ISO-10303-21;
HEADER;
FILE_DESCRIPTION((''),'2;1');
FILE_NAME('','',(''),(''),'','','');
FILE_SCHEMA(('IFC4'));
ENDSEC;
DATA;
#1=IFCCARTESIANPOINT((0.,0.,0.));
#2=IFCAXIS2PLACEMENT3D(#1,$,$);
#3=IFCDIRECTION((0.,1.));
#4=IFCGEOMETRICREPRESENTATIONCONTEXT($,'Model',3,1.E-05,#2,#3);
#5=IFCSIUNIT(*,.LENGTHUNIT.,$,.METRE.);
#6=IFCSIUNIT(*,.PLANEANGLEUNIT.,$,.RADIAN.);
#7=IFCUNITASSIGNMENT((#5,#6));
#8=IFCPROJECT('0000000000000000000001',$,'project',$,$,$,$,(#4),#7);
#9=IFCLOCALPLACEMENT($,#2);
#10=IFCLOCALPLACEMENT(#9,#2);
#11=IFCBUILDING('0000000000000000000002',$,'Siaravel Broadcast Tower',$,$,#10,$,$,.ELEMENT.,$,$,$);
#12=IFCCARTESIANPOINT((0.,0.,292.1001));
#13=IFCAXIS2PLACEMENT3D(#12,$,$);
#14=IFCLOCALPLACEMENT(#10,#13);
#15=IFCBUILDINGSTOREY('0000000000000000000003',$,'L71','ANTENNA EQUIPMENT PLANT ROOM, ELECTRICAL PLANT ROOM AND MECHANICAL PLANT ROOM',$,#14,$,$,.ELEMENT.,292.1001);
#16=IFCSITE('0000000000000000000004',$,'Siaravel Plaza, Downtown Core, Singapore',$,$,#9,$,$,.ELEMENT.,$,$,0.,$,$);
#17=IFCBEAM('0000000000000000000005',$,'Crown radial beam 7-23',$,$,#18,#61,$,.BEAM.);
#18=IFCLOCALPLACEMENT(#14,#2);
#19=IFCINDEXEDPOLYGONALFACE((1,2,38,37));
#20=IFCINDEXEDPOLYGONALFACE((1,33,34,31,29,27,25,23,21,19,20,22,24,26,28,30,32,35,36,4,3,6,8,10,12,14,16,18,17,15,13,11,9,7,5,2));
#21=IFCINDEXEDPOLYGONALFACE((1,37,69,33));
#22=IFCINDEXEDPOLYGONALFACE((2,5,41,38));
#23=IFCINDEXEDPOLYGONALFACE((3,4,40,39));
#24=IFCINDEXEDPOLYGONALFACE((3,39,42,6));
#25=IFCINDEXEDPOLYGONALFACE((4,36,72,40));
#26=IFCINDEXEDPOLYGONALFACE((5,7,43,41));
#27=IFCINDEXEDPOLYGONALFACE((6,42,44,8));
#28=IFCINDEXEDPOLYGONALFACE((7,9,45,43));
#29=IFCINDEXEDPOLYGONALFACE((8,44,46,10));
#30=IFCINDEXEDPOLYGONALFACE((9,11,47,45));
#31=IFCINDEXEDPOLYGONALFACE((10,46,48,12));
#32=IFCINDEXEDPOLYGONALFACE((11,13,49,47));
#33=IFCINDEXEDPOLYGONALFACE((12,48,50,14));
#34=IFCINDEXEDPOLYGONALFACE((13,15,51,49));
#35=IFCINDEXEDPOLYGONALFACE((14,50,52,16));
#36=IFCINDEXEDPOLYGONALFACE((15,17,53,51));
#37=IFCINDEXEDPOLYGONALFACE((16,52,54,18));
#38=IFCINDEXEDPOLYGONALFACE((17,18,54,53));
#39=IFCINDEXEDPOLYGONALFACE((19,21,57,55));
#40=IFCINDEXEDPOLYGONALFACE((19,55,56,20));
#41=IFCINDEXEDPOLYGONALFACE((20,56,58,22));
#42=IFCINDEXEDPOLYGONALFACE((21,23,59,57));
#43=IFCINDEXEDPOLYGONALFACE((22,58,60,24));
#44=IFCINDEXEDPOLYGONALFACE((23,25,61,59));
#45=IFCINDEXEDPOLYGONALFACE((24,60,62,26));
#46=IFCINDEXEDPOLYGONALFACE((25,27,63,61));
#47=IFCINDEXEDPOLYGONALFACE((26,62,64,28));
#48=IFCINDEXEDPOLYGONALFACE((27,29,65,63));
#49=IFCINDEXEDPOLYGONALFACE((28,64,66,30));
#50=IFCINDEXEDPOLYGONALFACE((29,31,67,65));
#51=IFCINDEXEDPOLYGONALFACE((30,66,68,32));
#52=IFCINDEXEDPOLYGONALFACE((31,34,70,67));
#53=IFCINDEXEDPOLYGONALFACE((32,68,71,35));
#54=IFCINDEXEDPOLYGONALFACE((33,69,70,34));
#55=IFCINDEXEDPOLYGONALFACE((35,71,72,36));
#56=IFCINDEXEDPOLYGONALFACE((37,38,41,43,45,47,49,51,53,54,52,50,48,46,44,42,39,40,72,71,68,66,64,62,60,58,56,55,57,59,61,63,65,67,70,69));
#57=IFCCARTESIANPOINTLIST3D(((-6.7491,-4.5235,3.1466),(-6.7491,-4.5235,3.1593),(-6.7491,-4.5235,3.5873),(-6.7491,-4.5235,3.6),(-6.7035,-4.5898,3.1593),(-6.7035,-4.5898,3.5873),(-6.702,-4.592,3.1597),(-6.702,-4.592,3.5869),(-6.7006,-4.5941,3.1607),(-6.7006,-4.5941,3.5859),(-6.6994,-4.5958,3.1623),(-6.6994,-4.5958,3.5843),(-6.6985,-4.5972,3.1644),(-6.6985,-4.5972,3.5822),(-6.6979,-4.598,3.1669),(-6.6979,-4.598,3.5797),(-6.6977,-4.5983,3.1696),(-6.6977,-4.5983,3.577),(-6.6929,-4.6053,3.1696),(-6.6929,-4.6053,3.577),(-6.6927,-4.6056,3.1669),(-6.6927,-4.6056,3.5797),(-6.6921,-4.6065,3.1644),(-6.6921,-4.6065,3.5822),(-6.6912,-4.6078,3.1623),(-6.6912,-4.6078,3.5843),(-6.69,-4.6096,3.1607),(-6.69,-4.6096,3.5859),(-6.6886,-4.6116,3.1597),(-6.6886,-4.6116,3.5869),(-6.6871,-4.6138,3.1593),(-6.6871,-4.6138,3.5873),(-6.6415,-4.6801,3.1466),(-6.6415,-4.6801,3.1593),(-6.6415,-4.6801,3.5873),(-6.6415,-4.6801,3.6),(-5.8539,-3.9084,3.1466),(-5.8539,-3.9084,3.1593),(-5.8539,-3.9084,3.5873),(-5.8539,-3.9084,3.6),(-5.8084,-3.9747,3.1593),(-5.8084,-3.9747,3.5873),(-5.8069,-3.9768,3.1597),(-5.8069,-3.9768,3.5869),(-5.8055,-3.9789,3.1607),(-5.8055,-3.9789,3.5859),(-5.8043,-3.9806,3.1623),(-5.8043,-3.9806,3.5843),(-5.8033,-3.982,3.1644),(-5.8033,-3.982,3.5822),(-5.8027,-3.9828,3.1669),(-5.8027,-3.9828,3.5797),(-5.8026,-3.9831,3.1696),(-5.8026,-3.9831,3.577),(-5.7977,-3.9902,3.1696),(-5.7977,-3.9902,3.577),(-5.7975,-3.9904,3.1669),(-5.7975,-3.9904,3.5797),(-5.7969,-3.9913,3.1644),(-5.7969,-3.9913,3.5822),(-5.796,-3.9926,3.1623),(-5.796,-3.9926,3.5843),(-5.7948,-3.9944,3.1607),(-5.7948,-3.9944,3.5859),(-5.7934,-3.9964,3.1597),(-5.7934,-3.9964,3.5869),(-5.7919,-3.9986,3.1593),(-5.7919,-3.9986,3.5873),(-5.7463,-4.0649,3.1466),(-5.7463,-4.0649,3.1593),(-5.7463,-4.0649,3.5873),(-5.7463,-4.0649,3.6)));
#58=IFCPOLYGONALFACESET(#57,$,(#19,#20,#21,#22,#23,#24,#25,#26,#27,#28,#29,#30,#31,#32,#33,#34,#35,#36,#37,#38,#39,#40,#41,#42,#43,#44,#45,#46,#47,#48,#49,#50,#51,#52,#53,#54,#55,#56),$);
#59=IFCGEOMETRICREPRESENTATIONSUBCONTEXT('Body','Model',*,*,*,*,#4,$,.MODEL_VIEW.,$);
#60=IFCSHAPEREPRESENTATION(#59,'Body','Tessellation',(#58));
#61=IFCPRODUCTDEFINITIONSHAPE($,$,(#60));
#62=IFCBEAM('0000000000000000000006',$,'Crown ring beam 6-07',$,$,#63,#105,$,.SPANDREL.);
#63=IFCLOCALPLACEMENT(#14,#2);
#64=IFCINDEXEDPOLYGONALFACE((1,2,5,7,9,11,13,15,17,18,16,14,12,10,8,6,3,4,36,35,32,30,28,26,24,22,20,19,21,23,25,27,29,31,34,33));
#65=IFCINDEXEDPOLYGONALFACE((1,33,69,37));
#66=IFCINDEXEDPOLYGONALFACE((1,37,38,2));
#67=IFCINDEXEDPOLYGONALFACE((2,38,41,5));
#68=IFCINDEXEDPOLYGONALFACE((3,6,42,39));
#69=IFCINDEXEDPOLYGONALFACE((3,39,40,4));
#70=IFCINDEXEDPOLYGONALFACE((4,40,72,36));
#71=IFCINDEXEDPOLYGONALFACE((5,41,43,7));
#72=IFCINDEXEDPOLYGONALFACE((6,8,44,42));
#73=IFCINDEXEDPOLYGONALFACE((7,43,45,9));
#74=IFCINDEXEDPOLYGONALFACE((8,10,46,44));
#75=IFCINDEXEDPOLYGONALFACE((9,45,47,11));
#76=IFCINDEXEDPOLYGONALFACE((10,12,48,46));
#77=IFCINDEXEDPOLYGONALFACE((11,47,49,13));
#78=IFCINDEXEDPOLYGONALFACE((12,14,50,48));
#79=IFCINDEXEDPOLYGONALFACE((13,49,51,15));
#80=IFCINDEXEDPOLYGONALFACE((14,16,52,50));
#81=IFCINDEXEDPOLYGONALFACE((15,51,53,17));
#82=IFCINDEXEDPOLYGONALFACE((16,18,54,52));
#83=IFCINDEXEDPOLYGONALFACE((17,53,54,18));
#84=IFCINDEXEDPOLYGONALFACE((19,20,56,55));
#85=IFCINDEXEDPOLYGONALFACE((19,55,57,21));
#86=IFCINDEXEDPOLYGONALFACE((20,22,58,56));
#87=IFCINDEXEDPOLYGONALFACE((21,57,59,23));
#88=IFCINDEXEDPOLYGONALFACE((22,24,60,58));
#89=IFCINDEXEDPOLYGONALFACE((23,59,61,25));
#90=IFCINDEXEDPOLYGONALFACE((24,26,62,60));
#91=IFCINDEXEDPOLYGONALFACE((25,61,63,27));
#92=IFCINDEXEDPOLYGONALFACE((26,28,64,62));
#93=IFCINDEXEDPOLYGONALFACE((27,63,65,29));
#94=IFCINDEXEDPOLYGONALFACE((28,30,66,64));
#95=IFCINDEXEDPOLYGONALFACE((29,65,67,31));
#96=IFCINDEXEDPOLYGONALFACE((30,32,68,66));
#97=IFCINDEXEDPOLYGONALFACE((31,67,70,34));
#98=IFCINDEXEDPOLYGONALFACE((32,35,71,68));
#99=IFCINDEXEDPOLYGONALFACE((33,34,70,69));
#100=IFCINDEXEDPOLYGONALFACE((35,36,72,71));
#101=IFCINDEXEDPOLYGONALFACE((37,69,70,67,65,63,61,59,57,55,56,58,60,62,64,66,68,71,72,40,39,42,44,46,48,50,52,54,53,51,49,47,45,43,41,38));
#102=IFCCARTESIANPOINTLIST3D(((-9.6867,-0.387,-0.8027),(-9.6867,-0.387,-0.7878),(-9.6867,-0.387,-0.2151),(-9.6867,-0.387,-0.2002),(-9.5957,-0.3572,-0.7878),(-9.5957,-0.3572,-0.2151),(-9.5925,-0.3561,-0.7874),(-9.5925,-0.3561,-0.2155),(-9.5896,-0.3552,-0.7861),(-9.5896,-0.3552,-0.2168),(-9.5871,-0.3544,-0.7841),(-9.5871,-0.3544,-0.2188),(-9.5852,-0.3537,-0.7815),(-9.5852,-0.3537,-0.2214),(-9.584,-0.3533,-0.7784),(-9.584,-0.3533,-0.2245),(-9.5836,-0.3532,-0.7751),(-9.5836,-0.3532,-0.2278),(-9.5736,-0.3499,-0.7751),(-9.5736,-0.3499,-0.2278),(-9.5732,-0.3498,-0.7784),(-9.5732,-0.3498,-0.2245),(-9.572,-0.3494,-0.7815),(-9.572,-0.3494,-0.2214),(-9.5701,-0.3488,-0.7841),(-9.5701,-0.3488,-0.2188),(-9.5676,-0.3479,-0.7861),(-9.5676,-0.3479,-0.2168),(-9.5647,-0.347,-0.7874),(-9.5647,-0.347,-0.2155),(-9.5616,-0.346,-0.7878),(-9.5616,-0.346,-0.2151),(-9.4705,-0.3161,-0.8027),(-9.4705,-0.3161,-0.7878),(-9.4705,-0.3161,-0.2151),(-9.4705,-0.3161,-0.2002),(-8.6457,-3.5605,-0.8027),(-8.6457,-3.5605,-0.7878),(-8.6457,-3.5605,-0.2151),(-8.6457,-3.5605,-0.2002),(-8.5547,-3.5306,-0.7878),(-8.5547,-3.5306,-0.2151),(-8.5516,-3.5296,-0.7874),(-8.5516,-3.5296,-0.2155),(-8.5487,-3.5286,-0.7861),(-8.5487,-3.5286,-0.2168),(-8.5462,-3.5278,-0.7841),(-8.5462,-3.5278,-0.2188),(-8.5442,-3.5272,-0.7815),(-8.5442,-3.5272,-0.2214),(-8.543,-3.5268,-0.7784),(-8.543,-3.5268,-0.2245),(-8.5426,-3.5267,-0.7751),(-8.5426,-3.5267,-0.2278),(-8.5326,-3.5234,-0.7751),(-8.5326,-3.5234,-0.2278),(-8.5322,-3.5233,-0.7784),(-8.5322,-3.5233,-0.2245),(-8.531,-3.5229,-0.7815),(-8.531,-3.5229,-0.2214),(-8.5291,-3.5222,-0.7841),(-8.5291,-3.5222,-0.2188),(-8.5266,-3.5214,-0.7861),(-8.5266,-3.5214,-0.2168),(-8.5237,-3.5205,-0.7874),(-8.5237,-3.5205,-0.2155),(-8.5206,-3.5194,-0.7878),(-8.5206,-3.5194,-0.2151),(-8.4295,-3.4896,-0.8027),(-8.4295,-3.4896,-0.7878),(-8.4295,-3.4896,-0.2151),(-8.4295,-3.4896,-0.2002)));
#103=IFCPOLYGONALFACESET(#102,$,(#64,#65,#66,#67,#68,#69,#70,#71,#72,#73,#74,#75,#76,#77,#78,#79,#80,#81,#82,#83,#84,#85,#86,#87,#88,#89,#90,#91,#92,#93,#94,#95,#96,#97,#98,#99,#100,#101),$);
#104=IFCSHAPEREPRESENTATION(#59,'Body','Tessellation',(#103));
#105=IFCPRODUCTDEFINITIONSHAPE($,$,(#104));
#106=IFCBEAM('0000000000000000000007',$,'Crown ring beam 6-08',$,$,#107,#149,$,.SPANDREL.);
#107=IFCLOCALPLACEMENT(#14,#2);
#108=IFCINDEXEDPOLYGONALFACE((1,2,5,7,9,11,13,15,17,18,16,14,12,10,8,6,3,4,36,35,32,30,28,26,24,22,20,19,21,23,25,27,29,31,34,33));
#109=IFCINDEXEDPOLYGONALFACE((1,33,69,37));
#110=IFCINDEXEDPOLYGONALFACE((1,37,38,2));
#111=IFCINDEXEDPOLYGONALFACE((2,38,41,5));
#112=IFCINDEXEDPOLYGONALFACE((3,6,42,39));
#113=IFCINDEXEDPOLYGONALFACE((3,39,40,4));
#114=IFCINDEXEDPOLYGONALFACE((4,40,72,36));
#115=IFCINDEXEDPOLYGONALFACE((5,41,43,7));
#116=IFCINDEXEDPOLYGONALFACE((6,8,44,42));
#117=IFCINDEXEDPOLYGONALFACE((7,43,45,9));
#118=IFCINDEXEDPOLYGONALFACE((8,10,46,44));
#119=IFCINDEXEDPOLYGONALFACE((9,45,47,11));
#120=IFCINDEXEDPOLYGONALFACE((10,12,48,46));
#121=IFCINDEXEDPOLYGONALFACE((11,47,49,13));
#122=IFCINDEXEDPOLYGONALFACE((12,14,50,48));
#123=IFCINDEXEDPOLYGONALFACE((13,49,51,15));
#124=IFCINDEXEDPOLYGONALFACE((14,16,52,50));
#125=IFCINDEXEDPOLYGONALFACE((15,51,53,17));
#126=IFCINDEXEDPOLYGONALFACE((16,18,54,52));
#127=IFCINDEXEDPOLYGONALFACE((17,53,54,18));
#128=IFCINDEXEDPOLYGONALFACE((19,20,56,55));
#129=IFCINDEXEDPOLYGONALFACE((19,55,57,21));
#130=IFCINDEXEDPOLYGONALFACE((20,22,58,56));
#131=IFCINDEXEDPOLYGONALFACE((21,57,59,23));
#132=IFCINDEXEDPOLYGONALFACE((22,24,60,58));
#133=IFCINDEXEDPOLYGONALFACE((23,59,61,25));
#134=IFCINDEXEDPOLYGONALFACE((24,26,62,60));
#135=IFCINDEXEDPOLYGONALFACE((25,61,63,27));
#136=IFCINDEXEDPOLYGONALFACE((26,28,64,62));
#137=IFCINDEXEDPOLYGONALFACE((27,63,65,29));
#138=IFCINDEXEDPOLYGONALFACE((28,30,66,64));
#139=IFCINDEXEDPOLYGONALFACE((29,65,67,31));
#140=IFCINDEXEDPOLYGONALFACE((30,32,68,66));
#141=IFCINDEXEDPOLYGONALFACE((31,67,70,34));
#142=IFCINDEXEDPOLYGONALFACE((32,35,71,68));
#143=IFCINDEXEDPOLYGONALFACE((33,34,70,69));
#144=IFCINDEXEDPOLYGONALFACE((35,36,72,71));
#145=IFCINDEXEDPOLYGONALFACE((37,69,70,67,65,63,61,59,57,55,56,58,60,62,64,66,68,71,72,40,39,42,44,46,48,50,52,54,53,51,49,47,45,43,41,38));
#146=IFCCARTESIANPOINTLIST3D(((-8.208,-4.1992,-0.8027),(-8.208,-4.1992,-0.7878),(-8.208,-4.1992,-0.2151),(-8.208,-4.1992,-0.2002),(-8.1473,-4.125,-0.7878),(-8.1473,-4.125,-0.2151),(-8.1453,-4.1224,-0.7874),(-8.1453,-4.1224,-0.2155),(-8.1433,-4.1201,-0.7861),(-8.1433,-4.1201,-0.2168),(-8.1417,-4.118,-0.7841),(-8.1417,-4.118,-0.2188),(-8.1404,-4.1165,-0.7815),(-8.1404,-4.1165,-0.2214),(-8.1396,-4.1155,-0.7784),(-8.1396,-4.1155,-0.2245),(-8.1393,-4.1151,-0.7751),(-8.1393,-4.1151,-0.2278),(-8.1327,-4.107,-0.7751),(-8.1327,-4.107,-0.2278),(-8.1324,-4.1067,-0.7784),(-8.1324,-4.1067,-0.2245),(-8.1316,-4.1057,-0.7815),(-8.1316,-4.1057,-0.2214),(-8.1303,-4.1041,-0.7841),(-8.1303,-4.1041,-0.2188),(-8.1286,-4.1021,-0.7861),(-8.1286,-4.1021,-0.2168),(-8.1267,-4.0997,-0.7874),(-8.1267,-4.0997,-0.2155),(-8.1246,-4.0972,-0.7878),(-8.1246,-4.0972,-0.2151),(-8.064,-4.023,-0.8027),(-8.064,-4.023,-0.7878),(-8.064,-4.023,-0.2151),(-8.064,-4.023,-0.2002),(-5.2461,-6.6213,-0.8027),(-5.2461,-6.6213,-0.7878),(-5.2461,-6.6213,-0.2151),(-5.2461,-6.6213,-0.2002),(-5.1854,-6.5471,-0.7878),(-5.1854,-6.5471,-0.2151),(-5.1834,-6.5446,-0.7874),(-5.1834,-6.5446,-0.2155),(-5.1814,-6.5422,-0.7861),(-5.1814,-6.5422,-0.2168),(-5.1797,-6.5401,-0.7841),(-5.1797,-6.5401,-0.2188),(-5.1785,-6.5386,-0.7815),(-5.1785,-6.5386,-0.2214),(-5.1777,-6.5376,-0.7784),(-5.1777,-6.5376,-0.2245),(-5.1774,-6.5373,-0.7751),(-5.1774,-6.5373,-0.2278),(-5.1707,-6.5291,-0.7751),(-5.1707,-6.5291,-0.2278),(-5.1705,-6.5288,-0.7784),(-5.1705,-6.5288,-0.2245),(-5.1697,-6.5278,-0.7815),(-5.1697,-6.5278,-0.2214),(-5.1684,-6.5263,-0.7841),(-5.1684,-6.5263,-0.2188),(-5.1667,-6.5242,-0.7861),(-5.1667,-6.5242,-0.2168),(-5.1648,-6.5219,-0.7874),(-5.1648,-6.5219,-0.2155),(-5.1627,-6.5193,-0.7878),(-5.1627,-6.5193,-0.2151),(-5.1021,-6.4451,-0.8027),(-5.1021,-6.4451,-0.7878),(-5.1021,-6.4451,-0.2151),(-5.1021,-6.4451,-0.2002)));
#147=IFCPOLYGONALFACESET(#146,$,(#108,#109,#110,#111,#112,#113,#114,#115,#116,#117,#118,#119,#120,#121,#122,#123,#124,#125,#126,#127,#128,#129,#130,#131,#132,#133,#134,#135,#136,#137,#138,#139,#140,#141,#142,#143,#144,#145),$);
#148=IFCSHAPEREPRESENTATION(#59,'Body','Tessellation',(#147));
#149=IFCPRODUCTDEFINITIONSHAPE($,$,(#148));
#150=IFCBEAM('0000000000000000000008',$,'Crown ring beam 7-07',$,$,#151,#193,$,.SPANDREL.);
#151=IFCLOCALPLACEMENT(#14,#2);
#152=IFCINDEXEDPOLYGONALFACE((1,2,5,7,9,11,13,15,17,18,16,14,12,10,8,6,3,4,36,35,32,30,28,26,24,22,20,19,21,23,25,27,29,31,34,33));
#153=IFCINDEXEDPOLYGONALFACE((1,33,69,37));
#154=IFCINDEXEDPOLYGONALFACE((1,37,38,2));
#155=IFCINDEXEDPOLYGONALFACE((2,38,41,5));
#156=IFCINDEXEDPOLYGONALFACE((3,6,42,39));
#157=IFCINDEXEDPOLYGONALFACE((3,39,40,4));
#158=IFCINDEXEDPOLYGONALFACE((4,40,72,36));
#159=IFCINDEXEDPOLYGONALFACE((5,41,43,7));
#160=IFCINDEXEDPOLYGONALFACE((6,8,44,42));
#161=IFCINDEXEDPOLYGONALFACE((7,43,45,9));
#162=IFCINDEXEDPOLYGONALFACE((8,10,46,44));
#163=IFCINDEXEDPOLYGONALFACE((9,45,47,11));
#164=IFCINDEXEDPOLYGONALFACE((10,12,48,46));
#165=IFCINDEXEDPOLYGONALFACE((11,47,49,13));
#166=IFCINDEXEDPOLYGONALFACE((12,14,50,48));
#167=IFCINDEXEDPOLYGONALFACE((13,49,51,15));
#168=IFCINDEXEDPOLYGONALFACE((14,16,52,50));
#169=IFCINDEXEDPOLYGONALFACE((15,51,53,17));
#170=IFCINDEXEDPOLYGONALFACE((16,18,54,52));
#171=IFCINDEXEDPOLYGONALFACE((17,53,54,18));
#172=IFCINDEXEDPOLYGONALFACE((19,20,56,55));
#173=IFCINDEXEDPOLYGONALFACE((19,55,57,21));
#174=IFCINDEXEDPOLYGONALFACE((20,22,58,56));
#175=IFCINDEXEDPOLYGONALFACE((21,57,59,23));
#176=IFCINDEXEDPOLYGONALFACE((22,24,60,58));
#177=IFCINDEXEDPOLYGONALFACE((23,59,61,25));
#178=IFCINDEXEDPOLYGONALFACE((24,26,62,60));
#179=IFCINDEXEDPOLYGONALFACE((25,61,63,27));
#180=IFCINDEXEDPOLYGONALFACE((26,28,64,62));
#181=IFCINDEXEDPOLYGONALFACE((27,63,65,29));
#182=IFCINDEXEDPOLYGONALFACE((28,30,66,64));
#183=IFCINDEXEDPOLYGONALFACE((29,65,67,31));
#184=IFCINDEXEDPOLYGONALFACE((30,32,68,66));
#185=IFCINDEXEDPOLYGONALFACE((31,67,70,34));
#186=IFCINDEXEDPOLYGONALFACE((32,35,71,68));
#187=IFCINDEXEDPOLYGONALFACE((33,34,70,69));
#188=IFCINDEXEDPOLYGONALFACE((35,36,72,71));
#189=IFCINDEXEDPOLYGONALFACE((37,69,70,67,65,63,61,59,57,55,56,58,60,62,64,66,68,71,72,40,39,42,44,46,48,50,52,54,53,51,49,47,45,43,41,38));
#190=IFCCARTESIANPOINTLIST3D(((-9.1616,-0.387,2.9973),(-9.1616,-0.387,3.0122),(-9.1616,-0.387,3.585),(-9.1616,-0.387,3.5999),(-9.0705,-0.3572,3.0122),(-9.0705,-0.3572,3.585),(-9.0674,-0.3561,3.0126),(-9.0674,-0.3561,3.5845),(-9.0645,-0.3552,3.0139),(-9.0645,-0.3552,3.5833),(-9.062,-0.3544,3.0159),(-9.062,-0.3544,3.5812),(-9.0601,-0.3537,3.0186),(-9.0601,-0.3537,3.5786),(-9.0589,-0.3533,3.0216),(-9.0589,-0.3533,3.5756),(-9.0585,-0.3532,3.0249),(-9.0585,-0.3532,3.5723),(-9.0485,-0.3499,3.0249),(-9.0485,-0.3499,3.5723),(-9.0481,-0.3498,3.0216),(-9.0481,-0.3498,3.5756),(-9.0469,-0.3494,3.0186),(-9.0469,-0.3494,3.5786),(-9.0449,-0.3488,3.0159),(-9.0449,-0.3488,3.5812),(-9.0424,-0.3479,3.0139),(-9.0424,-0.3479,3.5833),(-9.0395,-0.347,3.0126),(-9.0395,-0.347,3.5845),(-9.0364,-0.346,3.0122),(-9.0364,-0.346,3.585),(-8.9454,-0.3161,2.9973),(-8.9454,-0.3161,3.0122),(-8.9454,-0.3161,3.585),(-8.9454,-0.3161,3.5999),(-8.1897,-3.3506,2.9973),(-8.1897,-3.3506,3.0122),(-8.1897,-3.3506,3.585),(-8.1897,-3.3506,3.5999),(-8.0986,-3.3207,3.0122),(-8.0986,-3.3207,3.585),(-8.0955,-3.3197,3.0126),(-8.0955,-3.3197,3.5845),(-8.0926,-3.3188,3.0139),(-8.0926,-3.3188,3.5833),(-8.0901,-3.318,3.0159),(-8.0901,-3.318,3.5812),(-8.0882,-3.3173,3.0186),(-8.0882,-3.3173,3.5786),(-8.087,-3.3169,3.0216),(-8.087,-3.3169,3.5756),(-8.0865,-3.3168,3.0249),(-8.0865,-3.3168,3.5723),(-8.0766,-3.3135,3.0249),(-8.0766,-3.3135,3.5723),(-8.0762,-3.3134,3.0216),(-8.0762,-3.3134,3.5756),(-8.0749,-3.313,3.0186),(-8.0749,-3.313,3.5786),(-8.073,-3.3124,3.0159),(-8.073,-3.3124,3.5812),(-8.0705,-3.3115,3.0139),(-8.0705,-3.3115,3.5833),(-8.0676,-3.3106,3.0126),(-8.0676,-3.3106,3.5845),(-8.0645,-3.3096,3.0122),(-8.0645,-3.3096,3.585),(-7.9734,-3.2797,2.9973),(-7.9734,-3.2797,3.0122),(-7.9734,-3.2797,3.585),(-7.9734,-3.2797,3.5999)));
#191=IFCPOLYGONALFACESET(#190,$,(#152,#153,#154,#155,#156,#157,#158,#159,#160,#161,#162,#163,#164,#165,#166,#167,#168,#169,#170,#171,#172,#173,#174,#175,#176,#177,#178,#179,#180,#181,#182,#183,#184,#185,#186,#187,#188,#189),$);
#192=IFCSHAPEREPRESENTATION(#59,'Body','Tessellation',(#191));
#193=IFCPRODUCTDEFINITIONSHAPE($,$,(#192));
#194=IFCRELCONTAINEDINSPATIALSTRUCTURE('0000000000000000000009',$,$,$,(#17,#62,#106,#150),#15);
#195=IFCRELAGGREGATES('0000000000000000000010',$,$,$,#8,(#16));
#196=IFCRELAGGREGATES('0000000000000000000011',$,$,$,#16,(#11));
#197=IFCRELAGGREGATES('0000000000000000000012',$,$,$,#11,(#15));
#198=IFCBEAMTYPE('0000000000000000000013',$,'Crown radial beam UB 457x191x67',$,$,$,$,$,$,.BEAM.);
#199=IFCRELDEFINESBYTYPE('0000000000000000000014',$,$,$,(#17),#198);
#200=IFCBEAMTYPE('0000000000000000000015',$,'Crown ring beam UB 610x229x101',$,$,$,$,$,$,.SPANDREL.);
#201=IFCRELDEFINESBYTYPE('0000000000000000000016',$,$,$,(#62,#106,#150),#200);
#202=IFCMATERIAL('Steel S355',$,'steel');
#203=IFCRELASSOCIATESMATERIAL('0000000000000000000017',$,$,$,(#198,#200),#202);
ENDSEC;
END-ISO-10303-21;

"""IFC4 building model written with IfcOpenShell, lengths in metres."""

from ifc_helpers import new_model, si_unit, direction, frame, origin, origin_2d, place, context, subcontext, project, spatial, i_section, extrude, material, material_profile, profile_set, type_object, element, save


model = new_model("IFC4")

# Units and contexts
model_context = context("Model", 3, precision=1e-05, world=origin(), true_north=direction((0.0, 1.0)))
body_context = subcontext(model_context, "Body", "Model", "MODEL_VIEW")
ifc_project = project(units=[si_unit("LENGTHUNIT", "METRE"), si_unit("PLANEANGLEUNIT", "RADIAN")], contexts=[model_context])

# Site, building, storey
site_placement = place(None, origin())
site = spatial("IfcSite", under=ifc_project, at=site_placement, Name="Siaravel Plaza, Downtown Core, Singapore", CompositionType="ELEMENT", RefElevation=0.0)
building_placement = place(site_placement, origin())
building = spatial("IfcBuilding", under=site, at=building_placement, Name="Siaravel Broadcast Tower", CompositionType="ELEMENT")
storey_placement = place(building_placement, frame((0.0, 0.0, 292.1001)))
storey = spatial("IfcBuildingStorey", under=building, at=storey_placement, Name="L71", Description="ANTENNA EQUIPMENT PLANT ROOM, ELECTRICAL PLANT ROOM AND MECHANICAL PLANT ROOM", CompositionType="ELEMENT", Elevation=292.1001)

# Beams
ifc_material_1 = material(Name="Steel S355", Category="steel")
ifc_material_profile_1 = material_profile(ifc_material_1, i_section(OverallWidth=0.1899, OverallDepth=0.4534, WebThickness=0.0085, FlangeThickness=0.0127, FilletRadius=0.0103, at=origin_2d()))
ifc_profile_set_1 = profile_set([ifc_material_profile_1], Name="Steel S355")
beam_type_1 = type_object("IfcBeamType", Name="Crown radial beam UB 457x191x67", PredefinedType="BEAM", material=ifc_profile_set_1)
beam_1_placement = place(storey_placement, frame((-6.6953, -4.6018, 3.3733), z_axis=(0.824153, 0.566367, 0.0), x_axis=(-0.566367, 0.824153, 0.0)))
element("IfcBeam", 1, at=beam_1_placement, inside=storey, type_object=beam_type_1, Name="Crown radial beam 7-23", PredefinedType="BEAM", context=body_context, shape_type="SweptSolid", body=[
    extrude(i_section(OverallWidth=0.1899, OverallDepth=0.4534, WebThickness=0.0085, FlangeThickness=0.0127, FilletRadius=0.0103, at=origin_2d()), origin(), (0.0, 0.0, 1.0), 1.0862),
])
ifc_material_profile_2 = material_profile(ifc_material_1, i_section(OverallWidth=0.2275, OverallDepth=0.6025, WebThickness=0.0105, FlangeThickness=0.0149, FilletRadius=0.0127, at=origin_2d()))
ifc_profile_set_2 = profile_set([ifc_material_profile_2], Name="Steel S355")
beam_type_2 = type_object("IfcBeamType", Name="Crown ring beam UB 610x229x101", PredefinedType="SPANDREL", material=ifc_profile_set_2)
beam_2_placement = place(storey_placement, frame((-9.5786, -0.3516, -0.5015), z_axis=(0.311685, -0.950186, 0.0), x_axis=(0.950186, 0.311685, 0.0)))
element("IfcBeam", 2, at=beam_2_placement, inside=storey, type_object=beam_type_2, Name="Crown ring beam 6-07", PredefinedType="SPANDREL", context=body_context, shape_type="SweptSolid", body=[
    extrude(i_section(OverallWidth=0.2275, OverallDepth=0.6025, WebThickness=0.0105, FlangeThickness=0.0149, FilletRadius=0.0127, at=origin_2d()), origin(), (0.0, 0.0, 1.0), 3.3398),
])
beam_3_placement = place(storey_placement, frame((-8.136, -4.1111, -0.5015), z_axis=(0.774119, -0.63304, 0.0), x_axis=(0.63304, 0.774119, 0.0)))
element("IfcBeam", 3, at=beam_3_placement, inside=storey, type_object=beam_type_2, Name="Crown ring beam 6-08", PredefinedType="SPANDREL", context=body_context, shape_type="SweptSolid", body=[
    extrude(i_section(OverallWidth=0.2275, OverallDepth=0.6025, WebThickness=0.0105, FlangeThickness=0.0149, FilletRadius=0.0127, at=origin_2d()), origin(), (0.0, 0.0, 1.0), 3.8262),
])
beam_4_placement = place(storey_placement, frame((-9.0535, -0.3516, 3.2986), z_axis=(0.311621, -0.950206, 0.0), x_axis=(0.950206, 0.311621, 0.0)))
element("IfcBeam", 4, at=beam_4_placement, inside=storey, type_object=beam_type_2, Name="Crown ring beam 7-07", PredefinedType="SPANDREL", context=body_context, shape_type="SweptSolid", body=[
    extrude(i_section(OverallWidth=0.2275, OverallDepth=0.6025, WebThickness=0.0105, FlangeThickness=0.0149, FilletRadius=0.0127, at=origin_2d()), origin(), (0.0, 0.0, 1.0), 3.1189),
])

save(model, "model.ifc")
